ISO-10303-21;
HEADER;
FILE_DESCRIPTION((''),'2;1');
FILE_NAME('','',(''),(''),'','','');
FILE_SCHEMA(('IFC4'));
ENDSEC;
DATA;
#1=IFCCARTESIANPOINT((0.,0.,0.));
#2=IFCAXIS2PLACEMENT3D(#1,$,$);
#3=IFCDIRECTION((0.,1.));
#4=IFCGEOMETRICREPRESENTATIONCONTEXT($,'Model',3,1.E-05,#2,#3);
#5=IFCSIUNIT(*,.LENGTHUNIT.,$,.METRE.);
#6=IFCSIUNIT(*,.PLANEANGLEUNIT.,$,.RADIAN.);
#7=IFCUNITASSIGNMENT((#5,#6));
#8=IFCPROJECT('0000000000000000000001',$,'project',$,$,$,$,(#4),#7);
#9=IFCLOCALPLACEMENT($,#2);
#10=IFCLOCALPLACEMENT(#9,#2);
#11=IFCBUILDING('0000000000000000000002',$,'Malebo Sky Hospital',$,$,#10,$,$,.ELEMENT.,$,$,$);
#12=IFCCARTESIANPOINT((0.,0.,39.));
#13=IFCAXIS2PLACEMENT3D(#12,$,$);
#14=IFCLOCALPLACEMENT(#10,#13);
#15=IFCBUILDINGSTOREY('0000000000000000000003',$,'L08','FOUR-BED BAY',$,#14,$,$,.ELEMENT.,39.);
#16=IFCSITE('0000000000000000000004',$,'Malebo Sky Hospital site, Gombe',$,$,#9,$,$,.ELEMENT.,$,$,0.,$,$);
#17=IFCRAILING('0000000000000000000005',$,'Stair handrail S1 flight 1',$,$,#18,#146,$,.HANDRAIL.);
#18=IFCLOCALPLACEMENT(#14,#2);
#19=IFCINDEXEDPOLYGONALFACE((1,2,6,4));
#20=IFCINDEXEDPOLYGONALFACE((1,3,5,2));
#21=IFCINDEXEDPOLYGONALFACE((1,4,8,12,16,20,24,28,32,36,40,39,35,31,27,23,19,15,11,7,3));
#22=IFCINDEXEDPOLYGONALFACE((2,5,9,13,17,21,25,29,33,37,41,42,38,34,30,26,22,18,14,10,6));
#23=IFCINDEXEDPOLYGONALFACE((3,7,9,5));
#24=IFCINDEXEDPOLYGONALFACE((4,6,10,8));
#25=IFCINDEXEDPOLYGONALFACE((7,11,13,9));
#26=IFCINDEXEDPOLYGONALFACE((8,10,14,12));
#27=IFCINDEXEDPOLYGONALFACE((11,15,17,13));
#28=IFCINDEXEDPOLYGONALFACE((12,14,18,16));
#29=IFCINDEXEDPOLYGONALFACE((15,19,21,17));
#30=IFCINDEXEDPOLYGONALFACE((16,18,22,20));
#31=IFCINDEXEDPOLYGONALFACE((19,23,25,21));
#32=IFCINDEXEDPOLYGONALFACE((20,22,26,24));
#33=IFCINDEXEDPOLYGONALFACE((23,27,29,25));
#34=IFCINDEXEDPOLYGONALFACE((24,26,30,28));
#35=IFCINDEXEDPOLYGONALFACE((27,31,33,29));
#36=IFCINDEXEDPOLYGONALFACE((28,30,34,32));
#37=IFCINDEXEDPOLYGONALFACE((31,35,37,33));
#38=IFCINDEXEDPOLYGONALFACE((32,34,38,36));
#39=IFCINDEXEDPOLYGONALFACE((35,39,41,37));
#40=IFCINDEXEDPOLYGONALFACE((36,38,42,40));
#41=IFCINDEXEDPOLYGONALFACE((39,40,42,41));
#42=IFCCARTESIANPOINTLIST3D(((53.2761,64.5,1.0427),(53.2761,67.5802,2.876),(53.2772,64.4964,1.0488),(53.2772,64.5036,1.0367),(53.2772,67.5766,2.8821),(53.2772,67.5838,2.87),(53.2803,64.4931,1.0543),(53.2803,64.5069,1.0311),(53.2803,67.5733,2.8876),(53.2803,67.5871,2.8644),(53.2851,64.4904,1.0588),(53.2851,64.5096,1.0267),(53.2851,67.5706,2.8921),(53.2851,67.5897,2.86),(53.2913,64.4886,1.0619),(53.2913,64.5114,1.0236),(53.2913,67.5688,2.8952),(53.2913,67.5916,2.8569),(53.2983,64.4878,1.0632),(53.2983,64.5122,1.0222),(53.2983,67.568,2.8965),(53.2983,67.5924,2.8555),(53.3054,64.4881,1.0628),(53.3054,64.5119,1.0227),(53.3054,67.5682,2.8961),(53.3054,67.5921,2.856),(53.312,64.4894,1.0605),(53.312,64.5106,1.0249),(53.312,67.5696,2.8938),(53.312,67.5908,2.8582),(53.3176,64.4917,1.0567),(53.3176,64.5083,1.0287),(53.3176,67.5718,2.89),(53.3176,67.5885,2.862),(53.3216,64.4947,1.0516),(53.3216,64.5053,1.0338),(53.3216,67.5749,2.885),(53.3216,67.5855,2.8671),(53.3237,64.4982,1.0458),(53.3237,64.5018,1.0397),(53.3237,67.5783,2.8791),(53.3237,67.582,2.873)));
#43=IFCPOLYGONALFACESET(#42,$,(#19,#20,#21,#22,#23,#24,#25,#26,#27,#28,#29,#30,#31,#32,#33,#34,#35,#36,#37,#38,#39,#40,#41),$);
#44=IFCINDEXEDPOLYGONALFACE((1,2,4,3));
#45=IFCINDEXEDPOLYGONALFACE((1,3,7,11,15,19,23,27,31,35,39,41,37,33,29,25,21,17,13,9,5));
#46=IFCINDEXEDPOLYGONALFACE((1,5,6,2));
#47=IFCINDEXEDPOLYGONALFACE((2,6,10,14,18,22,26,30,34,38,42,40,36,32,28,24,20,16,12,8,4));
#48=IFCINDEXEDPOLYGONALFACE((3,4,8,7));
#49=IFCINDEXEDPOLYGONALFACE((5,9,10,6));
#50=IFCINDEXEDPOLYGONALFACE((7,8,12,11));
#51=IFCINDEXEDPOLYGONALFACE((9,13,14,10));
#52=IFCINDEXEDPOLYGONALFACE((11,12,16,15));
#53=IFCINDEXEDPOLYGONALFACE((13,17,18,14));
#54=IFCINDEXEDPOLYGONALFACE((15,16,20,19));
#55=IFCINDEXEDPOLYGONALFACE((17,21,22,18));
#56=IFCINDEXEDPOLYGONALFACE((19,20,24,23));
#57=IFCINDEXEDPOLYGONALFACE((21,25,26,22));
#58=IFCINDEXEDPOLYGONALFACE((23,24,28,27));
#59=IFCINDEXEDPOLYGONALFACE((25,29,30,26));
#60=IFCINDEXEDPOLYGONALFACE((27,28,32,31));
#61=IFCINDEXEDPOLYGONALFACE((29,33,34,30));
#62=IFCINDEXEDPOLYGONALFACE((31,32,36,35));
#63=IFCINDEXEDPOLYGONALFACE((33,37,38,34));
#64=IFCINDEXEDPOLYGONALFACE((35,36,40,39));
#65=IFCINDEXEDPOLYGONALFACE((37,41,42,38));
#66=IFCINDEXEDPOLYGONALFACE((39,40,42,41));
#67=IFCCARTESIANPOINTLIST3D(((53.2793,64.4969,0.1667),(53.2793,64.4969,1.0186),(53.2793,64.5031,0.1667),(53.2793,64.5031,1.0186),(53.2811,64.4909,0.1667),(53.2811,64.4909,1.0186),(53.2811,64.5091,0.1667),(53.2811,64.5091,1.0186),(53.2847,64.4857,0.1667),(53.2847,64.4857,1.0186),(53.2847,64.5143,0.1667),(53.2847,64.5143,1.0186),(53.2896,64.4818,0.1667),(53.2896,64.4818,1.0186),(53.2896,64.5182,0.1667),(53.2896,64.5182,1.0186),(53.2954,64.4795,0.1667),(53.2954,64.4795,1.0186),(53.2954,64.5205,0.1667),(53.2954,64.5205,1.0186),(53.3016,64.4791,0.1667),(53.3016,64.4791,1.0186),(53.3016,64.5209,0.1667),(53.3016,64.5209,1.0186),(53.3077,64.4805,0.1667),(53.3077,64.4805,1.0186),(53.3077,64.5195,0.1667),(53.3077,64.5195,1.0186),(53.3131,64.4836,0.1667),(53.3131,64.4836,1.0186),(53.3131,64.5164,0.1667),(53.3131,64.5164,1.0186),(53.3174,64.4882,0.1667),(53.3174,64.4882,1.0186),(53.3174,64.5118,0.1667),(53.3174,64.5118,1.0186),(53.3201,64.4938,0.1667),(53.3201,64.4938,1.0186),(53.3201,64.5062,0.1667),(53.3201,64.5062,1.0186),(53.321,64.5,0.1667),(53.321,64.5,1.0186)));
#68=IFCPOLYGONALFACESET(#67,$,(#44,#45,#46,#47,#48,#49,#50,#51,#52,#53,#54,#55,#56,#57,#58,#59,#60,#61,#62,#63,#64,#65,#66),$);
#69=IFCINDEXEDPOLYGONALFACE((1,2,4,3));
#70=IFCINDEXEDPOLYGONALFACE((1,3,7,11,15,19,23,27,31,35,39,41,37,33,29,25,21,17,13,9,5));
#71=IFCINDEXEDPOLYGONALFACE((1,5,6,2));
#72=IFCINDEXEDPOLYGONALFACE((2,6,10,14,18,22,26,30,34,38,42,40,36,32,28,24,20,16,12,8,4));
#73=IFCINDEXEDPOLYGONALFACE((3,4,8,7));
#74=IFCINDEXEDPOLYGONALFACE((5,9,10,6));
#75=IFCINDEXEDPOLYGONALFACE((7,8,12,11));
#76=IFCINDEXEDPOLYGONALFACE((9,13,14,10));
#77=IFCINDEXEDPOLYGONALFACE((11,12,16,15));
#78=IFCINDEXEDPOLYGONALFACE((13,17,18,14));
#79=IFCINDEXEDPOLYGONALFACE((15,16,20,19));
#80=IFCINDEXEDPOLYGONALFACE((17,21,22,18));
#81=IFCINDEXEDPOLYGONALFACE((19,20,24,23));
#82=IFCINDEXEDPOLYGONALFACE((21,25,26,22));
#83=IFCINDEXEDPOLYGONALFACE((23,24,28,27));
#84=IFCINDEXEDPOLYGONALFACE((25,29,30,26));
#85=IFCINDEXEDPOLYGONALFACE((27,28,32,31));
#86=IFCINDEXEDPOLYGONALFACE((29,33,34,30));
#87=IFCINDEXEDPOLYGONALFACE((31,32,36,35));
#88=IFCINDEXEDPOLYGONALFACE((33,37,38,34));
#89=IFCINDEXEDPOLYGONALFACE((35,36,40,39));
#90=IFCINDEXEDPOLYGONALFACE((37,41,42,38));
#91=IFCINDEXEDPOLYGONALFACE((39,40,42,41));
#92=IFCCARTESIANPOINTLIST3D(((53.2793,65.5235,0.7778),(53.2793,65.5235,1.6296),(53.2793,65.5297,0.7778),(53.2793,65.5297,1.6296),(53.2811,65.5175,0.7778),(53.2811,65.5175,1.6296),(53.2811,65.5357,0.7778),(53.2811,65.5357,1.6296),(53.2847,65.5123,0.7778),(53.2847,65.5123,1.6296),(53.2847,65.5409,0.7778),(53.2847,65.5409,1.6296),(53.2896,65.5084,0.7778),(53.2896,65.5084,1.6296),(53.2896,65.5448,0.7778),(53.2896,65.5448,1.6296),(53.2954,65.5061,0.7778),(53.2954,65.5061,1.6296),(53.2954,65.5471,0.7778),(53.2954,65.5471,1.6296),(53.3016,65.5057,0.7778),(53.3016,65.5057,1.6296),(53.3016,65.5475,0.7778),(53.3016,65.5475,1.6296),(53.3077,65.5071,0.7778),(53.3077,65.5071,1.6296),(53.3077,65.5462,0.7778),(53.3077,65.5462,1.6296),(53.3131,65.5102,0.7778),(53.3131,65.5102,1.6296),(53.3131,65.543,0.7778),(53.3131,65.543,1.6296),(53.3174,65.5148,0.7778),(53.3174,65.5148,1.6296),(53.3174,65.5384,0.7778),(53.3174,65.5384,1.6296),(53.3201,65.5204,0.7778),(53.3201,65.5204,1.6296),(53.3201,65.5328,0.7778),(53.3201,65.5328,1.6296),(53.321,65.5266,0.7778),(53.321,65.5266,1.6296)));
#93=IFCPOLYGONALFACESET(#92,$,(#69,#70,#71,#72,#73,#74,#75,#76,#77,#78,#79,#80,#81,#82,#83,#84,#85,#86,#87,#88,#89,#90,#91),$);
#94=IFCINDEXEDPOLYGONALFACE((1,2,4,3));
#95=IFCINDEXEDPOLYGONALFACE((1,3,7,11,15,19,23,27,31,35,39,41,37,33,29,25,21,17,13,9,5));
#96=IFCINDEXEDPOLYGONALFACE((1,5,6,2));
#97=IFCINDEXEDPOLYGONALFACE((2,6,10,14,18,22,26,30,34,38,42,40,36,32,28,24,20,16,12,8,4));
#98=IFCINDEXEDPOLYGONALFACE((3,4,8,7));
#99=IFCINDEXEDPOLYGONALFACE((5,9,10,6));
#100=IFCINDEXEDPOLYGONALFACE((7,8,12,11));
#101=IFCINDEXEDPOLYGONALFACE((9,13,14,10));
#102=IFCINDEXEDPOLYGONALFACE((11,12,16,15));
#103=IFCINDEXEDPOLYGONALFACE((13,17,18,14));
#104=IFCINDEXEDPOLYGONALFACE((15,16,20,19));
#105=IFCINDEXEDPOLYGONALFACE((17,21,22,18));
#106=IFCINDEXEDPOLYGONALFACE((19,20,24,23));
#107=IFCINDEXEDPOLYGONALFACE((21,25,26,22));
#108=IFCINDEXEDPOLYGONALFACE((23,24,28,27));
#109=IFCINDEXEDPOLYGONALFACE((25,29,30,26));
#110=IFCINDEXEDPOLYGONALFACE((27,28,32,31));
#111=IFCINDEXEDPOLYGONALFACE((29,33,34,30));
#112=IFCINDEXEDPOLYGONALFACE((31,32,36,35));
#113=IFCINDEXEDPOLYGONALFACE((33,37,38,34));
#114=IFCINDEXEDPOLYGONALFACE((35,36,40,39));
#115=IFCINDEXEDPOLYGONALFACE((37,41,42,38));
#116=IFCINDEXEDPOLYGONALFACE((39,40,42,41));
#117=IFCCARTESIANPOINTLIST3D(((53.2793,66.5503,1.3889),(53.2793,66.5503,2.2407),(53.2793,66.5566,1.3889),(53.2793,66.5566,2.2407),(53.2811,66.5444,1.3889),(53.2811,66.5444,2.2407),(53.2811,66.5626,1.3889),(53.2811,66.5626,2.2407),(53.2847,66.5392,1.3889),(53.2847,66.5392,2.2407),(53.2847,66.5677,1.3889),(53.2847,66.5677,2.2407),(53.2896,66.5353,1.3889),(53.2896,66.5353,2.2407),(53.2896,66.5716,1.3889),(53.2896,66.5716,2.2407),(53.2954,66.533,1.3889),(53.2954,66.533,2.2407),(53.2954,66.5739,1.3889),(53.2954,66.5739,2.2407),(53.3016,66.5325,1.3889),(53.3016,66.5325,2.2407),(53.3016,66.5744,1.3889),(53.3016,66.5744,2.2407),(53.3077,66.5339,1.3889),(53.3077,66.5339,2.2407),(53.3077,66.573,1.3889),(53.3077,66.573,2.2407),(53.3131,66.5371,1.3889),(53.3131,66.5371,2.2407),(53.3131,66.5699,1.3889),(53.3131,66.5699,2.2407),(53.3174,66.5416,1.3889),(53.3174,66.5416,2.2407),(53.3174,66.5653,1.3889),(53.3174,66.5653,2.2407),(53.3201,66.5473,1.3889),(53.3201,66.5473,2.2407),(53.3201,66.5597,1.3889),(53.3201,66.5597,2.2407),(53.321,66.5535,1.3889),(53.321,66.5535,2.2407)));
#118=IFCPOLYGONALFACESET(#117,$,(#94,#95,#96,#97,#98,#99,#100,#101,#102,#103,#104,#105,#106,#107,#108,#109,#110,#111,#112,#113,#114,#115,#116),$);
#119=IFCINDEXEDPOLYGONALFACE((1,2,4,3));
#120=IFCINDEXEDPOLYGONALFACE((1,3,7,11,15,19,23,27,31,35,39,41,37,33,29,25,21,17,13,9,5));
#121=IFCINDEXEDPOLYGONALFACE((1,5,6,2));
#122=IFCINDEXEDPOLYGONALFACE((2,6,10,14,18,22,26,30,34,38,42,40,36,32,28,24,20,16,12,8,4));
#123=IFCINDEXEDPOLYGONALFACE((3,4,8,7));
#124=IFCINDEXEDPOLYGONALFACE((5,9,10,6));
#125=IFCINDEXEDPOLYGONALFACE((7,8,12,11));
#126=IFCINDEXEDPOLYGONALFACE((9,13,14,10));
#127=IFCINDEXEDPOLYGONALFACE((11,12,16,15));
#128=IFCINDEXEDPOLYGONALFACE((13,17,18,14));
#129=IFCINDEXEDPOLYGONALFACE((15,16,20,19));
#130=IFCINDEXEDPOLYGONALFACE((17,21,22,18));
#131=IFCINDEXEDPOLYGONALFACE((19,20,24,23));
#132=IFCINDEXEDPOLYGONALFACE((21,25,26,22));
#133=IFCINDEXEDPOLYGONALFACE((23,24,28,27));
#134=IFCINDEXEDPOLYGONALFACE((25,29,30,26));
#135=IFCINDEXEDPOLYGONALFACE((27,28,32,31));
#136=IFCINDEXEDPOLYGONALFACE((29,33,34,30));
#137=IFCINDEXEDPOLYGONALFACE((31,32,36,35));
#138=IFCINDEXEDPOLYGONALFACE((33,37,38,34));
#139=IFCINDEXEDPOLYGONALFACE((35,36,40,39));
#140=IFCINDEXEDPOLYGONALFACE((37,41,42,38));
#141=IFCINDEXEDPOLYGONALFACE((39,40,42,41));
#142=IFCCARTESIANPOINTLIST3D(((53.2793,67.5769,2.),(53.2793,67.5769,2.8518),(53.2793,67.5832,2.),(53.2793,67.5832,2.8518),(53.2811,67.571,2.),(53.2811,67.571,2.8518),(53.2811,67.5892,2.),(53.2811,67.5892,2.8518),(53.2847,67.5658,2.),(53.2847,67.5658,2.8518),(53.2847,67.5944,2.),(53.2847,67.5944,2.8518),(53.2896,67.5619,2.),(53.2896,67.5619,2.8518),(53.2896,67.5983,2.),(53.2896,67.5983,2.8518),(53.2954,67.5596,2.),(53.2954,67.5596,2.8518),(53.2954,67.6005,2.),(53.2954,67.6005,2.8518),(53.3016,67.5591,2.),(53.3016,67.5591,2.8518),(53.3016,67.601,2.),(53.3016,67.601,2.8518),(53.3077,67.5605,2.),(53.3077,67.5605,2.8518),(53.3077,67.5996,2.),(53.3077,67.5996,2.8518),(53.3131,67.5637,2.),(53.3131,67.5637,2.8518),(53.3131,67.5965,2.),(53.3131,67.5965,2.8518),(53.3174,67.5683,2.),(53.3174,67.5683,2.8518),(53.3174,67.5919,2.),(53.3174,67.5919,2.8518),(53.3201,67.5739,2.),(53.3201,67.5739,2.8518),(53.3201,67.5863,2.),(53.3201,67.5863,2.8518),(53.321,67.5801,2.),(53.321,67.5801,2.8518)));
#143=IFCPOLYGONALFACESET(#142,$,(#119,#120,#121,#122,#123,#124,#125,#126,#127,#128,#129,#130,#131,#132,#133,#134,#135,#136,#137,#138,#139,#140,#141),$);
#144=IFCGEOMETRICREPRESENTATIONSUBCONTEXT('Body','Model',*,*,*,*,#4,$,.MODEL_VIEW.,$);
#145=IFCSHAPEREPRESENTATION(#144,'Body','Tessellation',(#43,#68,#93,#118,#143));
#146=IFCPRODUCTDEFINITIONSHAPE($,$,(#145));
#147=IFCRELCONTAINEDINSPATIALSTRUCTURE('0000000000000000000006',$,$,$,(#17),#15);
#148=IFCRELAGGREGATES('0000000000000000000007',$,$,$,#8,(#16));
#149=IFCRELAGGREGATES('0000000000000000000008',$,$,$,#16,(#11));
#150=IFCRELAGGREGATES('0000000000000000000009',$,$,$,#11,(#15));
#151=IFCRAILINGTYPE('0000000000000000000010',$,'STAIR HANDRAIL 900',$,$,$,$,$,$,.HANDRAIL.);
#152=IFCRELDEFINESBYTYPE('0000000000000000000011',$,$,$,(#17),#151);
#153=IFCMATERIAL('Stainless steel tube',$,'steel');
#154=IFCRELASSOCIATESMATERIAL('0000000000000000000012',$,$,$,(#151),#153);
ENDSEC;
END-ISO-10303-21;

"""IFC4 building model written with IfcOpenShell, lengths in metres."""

from ifc_helpers import new_model, si_unit, direction, frame, origin, origin_2d, place, context, subcontext, project, spatial, circle, extrude, material, type_object, element, save


model = new_model("IFC4")

# Units and contexts
model_context = context("Model", 3, precision=1e-05, world=origin(), true_north=direction((0.0, 1.0)))
body_context = subcontext(model_context, "Body", "Model", "MODEL_VIEW")
ifc_project = project(units=[si_unit("LENGTHUNIT", "METRE"), si_unit("PLANEANGLEUNIT", "RADIAN")], contexts=[model_context])

# Site, building, storey
site_placement = place(None, origin())
site = spatial("IfcSite", under=ifc_project, at=site_placement, Name="Malebo Sky Hospital site, Gombe", CompositionType="ELEMENT", RefElevation=0.0)
building_placement = place(site_placement, origin())
building = spatial("IfcBuilding", under=site, at=building_placement, Name="Malebo Sky Hospital", CompositionType="ELEMENT")
storey_placement = place(building_placement, frame((0.0, 0.0, 39.0)))
storey = spatial("IfcBuildingStorey", under=building, at=storey_placement, Name="L08", Description="FOUR-BED BAY", CompositionType="ELEMENT", Elevation=39.0)

# Railing
ifc_material_1 = material(Name="Stainless steel tube", Category="steel")
railing_type = type_object("IfcRailingType", Name="STAIR HANDRAIL 900", PredefinedType="HANDRAIL", material=ifc_material_1)
railing_1_placement = place(storey_placement, frame((53.3, 64.5, 0.1667)))
element("IfcRailing", 1, at=railing_1_placement, inside=storey, type_object=railing_type, Name="Stair handrail S1 flight 1", PredefinedType="HANDRAIL", context=body_context, shape_type="SweptSolid", body=[
    extrude(circle(Radius=0.0239, at=origin_2d()), frame((0.0, 0.0, 0.876), z_axis=(0.0, 0.859309, 0.511458), x_axis=(-1.0, 0.0, 0.0)), (0.0, 0.0, 1.0), 3.5845),
    extrude(circle(Radius=0.021, at=origin_2d()), origin(), (0.0, 0.0, 1.0), 0.8518),
    extrude(circle(Radius=0.021, at=origin_2d()), frame((0.0, 1.0266, 0.6111)), (0.0, 0.0, 1.0), 0.8518),
    extrude(circle(Radius=0.021, at=origin_2d()), frame((0.0, 2.0535, 1.2222)), (0.0, 0.0, 1.0), 0.8518),
    extrude(circle(Radius=0.021, at=origin_2d()), frame((0.0, 3.0801, 1.8333)), (0.0, 0.0, 1.0), 0.8518),
])

save(model, "model.ifc")
